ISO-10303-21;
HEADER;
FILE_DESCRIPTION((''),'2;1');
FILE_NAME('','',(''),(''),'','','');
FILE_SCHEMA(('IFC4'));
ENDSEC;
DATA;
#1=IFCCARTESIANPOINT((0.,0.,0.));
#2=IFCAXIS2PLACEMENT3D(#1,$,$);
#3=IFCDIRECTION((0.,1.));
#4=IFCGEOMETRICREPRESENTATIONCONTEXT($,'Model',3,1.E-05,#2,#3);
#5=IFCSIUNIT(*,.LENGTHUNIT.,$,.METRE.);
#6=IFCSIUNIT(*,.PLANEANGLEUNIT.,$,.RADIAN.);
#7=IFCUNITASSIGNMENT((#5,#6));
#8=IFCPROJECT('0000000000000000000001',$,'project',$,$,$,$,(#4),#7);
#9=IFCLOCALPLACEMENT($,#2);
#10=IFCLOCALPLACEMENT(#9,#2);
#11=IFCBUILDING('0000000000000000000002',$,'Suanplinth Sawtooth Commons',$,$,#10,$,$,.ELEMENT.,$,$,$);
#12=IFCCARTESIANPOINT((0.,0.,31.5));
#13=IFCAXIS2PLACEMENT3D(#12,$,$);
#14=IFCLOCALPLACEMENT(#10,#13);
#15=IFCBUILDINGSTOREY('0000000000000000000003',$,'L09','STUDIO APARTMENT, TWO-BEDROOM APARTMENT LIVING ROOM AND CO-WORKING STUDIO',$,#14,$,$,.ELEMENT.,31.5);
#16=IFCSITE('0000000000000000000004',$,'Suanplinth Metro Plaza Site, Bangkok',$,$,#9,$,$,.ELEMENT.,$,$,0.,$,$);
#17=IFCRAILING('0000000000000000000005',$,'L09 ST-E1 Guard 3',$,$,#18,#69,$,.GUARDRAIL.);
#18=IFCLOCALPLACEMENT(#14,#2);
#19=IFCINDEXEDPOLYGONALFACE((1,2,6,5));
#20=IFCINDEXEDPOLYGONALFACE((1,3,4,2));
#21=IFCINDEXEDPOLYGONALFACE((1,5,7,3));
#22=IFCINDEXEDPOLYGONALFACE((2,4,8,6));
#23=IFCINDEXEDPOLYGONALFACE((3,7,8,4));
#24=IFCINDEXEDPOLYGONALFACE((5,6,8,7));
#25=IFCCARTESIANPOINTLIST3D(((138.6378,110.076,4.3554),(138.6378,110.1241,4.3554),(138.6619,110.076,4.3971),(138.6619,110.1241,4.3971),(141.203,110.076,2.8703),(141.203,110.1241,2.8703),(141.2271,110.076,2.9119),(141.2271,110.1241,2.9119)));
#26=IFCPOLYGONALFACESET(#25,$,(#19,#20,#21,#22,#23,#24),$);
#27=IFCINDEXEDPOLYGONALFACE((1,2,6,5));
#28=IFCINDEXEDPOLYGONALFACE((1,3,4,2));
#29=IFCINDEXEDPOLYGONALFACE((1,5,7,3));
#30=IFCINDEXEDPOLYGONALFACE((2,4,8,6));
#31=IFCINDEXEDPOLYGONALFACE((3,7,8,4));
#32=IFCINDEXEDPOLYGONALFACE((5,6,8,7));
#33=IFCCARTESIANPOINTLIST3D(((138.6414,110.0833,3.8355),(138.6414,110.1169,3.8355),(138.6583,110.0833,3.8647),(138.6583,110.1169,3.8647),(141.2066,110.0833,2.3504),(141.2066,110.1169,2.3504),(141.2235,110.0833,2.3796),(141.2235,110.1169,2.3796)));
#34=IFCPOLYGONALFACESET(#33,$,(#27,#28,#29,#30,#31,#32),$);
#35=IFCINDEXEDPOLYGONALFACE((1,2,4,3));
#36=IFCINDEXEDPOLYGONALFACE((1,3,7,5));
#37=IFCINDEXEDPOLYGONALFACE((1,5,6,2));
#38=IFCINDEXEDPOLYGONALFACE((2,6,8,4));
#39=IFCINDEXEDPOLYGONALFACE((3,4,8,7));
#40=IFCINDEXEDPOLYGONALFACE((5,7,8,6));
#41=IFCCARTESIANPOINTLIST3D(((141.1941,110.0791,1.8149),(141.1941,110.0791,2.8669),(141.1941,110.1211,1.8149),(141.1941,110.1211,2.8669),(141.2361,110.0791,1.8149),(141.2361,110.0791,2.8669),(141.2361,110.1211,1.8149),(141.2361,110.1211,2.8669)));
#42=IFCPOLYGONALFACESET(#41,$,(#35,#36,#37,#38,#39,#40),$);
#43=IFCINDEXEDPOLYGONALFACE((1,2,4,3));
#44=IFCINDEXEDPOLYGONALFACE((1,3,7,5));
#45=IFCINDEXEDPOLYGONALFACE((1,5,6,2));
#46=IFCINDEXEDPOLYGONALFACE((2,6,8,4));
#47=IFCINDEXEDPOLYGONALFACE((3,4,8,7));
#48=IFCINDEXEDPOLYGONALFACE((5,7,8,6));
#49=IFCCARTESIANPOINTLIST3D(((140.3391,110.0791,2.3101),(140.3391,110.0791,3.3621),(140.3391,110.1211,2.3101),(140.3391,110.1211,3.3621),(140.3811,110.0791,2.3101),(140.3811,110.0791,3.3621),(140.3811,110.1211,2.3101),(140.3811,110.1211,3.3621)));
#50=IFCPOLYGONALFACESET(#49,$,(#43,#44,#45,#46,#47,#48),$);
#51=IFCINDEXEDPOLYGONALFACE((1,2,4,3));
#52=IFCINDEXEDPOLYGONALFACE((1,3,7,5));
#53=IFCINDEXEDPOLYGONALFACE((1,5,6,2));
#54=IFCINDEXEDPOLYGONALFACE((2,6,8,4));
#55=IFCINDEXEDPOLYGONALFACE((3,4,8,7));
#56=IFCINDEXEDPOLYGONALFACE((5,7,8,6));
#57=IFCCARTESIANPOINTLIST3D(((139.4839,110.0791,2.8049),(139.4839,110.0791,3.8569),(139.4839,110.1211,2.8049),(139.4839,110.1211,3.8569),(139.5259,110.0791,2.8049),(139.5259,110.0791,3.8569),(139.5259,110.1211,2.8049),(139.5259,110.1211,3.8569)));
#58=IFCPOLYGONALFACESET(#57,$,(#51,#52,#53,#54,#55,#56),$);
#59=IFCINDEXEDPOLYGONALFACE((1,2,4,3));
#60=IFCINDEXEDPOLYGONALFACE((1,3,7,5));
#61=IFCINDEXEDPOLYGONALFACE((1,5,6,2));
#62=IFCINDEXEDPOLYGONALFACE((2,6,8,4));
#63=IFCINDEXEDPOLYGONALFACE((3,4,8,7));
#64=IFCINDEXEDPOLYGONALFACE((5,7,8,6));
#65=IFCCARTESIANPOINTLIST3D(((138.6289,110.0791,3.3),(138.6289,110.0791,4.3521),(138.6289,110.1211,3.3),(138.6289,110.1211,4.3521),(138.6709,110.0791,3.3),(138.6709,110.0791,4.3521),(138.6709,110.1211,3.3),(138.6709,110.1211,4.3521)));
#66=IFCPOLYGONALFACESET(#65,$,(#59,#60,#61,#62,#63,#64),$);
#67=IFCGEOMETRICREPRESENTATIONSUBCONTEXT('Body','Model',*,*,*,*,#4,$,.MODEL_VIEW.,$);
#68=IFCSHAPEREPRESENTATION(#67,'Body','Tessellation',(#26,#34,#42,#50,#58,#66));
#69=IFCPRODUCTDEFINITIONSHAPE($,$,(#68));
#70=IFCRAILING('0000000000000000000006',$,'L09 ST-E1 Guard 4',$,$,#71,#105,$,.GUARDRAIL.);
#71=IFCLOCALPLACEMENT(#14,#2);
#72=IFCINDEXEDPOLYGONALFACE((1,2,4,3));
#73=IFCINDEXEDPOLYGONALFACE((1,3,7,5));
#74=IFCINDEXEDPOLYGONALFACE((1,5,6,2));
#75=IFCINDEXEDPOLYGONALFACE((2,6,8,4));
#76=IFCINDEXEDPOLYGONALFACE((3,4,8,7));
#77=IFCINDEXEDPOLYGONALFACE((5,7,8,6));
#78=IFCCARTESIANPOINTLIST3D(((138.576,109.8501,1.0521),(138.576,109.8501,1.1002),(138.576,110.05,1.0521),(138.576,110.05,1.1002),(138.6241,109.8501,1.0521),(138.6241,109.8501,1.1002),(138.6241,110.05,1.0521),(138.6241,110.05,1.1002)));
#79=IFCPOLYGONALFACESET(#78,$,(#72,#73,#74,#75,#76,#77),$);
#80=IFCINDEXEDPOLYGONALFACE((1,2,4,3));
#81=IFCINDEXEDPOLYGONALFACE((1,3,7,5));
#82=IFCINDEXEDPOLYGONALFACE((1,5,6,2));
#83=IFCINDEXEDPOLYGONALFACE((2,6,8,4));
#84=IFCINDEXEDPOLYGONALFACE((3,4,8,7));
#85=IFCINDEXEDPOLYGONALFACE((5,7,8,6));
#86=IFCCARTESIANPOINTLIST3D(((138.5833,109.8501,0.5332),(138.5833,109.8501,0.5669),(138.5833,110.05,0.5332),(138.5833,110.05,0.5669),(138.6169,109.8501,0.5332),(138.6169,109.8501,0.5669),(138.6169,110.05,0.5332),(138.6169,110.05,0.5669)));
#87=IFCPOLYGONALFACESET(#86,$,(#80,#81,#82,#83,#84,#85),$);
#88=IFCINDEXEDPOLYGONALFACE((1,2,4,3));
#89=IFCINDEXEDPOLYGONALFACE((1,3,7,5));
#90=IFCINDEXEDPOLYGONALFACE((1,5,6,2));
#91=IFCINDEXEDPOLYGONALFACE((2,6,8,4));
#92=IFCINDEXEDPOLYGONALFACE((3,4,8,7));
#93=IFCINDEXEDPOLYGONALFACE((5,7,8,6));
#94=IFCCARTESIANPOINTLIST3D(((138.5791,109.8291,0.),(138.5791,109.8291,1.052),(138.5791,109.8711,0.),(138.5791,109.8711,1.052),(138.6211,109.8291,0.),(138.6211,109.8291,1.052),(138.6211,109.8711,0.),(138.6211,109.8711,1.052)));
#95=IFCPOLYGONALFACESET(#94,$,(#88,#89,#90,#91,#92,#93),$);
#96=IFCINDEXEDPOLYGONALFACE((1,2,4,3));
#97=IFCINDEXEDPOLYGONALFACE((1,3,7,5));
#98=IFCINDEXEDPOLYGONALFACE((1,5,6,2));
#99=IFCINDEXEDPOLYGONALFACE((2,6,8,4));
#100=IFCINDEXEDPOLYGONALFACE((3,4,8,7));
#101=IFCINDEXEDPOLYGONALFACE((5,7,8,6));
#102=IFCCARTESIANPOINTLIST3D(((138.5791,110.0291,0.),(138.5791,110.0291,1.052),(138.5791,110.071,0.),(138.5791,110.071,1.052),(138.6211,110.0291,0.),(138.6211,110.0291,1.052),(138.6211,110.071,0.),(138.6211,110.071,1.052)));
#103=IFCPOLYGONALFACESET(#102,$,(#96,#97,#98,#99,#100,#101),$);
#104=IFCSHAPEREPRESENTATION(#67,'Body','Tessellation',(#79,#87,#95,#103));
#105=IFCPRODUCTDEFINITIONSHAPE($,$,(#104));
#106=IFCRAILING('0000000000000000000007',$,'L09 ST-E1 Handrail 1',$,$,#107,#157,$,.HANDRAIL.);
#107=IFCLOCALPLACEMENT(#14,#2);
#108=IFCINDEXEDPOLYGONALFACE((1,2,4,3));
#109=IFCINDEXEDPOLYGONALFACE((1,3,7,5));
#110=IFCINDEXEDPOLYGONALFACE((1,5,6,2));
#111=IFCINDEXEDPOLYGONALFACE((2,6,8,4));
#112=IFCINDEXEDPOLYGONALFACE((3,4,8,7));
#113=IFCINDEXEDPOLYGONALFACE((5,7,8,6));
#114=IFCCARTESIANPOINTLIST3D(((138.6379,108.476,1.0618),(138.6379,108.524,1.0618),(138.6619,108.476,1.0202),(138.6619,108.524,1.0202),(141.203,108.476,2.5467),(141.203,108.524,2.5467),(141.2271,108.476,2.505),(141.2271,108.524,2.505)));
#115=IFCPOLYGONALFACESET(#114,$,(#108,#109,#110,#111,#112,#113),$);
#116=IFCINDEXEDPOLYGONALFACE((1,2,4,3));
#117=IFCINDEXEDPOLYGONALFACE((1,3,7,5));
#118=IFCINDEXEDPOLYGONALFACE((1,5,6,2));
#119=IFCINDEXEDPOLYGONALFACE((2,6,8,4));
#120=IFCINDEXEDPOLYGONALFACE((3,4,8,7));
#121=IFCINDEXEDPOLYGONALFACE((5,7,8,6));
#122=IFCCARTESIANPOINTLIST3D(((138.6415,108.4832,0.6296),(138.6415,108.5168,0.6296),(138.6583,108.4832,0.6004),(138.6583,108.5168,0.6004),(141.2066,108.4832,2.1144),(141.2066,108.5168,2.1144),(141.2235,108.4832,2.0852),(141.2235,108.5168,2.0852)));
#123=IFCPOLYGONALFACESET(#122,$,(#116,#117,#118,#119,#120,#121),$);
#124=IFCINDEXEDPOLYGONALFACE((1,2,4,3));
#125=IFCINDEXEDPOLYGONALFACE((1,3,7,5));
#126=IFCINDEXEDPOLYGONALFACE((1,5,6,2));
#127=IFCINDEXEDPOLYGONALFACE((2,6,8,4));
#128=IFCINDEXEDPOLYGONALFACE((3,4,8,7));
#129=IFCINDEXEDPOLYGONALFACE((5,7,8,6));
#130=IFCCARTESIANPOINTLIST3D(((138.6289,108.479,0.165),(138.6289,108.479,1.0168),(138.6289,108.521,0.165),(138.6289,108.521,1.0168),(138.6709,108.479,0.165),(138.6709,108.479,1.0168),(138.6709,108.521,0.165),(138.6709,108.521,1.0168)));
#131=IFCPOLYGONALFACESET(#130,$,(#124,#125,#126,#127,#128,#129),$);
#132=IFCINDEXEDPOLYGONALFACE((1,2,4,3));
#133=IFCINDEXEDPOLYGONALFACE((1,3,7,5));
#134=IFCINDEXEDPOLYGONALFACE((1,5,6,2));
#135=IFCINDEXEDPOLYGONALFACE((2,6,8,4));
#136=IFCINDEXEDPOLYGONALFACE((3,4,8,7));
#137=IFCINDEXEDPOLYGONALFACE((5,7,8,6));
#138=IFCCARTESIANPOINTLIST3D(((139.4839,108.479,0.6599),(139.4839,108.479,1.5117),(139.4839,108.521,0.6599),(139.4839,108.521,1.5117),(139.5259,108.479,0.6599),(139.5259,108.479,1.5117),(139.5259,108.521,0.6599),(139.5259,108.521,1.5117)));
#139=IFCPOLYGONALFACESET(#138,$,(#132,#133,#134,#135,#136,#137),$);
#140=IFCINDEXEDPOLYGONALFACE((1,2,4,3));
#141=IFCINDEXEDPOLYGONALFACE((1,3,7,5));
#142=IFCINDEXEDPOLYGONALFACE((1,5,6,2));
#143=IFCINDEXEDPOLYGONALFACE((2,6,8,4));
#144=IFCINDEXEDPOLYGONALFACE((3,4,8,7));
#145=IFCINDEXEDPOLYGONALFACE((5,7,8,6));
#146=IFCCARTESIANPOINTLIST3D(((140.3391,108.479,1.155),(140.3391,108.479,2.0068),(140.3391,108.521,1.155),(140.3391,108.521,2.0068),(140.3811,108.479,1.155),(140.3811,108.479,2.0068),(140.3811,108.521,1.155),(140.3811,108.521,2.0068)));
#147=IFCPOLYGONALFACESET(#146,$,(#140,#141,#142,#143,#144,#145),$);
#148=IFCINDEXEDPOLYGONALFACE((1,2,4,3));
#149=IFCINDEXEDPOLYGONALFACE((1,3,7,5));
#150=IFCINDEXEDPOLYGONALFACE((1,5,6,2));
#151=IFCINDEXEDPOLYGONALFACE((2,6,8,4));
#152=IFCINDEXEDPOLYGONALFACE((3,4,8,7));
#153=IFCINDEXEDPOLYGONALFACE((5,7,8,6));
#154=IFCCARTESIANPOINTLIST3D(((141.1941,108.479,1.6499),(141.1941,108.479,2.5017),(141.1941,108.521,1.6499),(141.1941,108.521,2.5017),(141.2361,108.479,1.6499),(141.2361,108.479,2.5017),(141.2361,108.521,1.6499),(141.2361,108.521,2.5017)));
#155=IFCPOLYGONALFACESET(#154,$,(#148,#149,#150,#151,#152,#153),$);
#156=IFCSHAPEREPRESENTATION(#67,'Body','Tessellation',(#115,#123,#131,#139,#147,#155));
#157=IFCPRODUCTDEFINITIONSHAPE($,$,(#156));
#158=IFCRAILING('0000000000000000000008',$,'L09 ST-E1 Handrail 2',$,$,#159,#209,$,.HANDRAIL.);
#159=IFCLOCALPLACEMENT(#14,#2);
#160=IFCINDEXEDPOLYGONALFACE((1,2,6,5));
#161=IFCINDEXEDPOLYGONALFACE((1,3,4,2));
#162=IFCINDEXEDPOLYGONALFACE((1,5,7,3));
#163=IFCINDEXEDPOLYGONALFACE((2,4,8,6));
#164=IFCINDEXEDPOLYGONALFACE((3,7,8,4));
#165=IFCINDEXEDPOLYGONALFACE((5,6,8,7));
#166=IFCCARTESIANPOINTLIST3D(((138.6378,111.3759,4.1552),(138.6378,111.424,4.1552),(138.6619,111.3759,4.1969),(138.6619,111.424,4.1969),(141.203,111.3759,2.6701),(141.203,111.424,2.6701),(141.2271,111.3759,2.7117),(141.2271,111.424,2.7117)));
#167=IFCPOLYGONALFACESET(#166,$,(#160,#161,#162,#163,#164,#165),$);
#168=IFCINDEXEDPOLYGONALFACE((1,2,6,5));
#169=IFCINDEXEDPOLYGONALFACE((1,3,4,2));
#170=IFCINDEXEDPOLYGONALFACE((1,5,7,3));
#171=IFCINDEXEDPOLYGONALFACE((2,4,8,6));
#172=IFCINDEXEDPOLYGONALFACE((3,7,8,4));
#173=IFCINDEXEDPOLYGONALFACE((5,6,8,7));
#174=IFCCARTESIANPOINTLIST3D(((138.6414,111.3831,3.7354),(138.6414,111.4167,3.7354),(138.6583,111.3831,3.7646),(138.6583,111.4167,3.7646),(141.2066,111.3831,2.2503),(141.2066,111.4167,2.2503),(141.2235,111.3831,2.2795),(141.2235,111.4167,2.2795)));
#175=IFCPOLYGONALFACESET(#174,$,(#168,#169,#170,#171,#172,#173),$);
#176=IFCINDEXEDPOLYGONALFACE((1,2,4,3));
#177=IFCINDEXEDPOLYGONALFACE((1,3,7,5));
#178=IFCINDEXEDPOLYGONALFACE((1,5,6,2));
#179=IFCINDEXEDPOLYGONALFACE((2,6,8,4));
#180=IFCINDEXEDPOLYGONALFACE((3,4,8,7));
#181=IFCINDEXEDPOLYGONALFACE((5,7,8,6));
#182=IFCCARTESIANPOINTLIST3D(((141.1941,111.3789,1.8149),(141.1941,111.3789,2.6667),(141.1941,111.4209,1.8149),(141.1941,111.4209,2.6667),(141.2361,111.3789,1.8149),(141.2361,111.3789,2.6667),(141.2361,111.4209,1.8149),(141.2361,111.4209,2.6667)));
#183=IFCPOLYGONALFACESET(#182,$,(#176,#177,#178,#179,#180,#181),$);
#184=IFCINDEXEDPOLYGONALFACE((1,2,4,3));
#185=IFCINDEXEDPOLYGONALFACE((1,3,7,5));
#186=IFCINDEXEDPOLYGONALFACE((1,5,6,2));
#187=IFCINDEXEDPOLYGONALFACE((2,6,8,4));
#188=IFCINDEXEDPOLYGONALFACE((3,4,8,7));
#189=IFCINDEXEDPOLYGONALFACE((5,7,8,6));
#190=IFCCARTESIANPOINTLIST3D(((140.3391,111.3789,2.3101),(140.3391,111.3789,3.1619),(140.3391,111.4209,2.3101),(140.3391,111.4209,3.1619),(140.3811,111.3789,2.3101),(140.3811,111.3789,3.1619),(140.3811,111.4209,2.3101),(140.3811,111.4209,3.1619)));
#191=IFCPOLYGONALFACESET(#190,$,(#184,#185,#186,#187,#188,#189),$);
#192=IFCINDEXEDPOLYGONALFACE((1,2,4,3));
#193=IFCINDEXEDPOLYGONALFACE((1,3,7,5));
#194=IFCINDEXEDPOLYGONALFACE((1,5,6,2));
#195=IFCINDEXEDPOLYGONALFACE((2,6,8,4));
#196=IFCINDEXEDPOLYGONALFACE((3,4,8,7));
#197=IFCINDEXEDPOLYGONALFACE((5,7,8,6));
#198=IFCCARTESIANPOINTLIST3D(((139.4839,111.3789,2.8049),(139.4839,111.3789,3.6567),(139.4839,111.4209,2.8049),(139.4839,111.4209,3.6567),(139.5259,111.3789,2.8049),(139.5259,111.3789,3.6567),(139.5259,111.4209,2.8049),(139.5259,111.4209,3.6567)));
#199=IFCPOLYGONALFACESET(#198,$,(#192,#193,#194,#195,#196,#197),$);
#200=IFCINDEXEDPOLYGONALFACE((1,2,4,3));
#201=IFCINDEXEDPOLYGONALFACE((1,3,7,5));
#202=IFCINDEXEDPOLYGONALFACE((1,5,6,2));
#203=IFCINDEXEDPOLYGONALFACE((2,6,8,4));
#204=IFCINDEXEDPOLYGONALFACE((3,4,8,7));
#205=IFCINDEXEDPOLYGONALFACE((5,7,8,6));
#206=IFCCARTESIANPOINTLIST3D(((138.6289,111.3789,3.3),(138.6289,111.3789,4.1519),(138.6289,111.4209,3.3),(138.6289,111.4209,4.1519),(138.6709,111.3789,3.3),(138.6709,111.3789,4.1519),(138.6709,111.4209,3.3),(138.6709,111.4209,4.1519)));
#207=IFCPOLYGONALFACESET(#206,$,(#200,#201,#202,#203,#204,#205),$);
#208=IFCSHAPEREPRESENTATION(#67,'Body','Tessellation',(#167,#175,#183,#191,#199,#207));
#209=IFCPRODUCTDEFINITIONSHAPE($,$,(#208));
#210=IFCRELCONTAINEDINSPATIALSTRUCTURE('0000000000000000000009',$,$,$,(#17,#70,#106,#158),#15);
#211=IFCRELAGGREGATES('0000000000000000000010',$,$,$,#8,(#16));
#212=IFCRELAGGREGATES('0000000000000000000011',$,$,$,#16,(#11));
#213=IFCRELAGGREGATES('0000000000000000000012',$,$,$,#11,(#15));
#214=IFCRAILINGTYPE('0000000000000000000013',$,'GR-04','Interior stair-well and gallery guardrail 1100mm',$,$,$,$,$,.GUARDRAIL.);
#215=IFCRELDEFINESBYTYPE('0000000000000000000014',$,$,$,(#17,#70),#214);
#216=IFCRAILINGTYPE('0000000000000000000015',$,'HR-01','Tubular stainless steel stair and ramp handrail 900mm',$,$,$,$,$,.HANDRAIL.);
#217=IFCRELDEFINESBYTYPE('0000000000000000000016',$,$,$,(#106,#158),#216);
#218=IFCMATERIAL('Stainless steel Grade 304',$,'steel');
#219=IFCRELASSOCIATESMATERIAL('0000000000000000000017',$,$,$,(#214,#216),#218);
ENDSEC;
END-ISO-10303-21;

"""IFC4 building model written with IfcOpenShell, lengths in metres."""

from ifc_helpers import new_model, si_unit, direction, frame, origin, origin_2d, place, context, subcontext, project, spatial, rectangle, extrude, material, type_object, element, save


model = new_model("IFC4")

# Units and contexts
model_context = context("Model", 3, precision=1e-05, world=origin(), true_north=direction((0.0, 1.0)))
body_context = subcontext(model_context, "Body", "Model", "MODEL_VIEW")
ifc_project = project(units=[si_unit("LENGTHUNIT", "METRE"), si_unit("PLANEANGLEUNIT", "RADIAN")], contexts=[model_context])

# Site, building, storey
site_placement = place(None, origin())
site = spatial("IfcSite", under=ifc_project, at=site_placement, Name="Suanplinth Metro Plaza Site, Bangkok", CompositionType="ELEMENT", RefElevation=0.0)
building_placement = place(site_placement, origin())
building = spatial("IfcBuilding", under=site, at=building_placement, Name="Suanplinth Sawtooth Commons", CompositionType="ELEMENT")
storey_placement = place(building_placement, frame((0.0, 0.0, 31.5)))
storey = spatial("IfcBuildingStorey", under=building, at=storey_placement, Name="L09", Description="STUDIO APARTMENT, TWO-BEDROOM APARTMENT LIVING ROOM AND CO-WORKING STUDIO", CompositionType="ELEMENT", Elevation=31.5)

# Railings
ifc_material_1 = material(Name="Stainless steel Grade 304", Category="steel")
railing_type_1 = type_object("IfcRailingType", Name="GR-04", Description="Interior stair-well and gallery guardrail 1100mm", PredefinedType="GUARDRAIL", material=ifc_material_1)
railing_1_placement = place(storey_placement, frame((141.2151, 110.1001, 1.8149)))
element("IfcRailing", 1, at=railing_1_placement, inside=storey, type_object=railing_type_1, Name="L09 ST-E1 Guard 3", PredefinedType="GUARDRAIL", context=body_context, shape_type="SweptSolid", body=[
    extrude(rectangle(XDim=0.0481, YDim=0.0481, at=origin_2d()), frame((0.0, 0.0, 1.0762), z_axis=(-0.865426, 0.0, 0.501036), x_axis=(0.0, -1.0, 0.0)), (0.0, 0.0, 1.0), 2.9641),
    extrude(rectangle(XDim=0.0337, YDim=0.0337, at=origin_2d()), frame((0.0, 0.0, 0.55), z_axis=(-0.865426, 0.0, 0.501036), x_axis=(0.0, -1.0, 0.0)), (0.0, 0.0, 1.0), 2.9641),
    extrude(rectangle(XDim=0.042, YDim=0.042, at=origin_2d()), origin(), (0.0, 0.0, 1.0), 1.052),
    extrude(rectangle(XDim=0.042, YDim=0.042, at=origin_2d()), frame((-0.855, 0.0, 0.4951)), (0.0, 0.0, 1.0), 1.052),
    extrude(rectangle(XDim=0.042, YDim=0.042, at=origin_2d()), frame((-1.7102, 0.0, 0.99)), (0.0, 0.0, 1.0), 1.052),
    extrude(rectangle(XDim=0.042, YDim=0.042, at=origin_2d()), frame((-2.5652, 0.0, 1.4851)), (0.0, 0.0, 1.0), 1.052),
])
railing_2_placement = place(storey_placement, frame((138.6001, 109.8501, 0.0)))
element("IfcRailing", 2, at=railing_2_placement, inside=storey, type_object=railing_type_1, Name="L09 ST-E1 Guard 4", PredefinedType="GUARDRAIL", context=body_context, shape_type="SweptSolid", body=[
    extrude(rectangle(XDim=0.0481, YDim=0.0481, at=origin_2d()), frame((0.0, 0.0, 1.0762), z_axis=(0.0, 1.0, 0.0), x_axis=(-1.0, 0.0, 0.0)), (0.0, 0.0, 1.0), 0.2),
    extrude(rectangle(XDim=0.0337, YDim=0.0337, at=origin_2d()), frame((0.0, 0.0, 0.55), z_axis=(0.0, 1.0, 0.0), x_axis=(-1.0, 0.0, 0.0)), (0.0, 0.0, 1.0), 0.2),
    extrude(rectangle(XDim=0.042, YDim=0.042, at=origin_2d()), origin(), (0.0, 0.0, 1.0), 1.052),
    extrude(rectangle(XDim=0.042, YDim=0.042, at=origin_2d()), frame((0.0, 0.2, 0.0)), (0.0, 0.0, 1.0), 1.052),
])
railing_type_2 = type_object("IfcRailingType", Name="HR-01", Description="Tubular stainless steel stair and ramp handrail 900mm", PredefinedType="HANDRAIL", material=ifc_material_1)
railing_3_placement = place(storey_placement, frame((138.6499, 108.5, 0.165)))
element("IfcRailing", 3, at=railing_3_placement, inside=storey, type_object=railing_type_2, Name="L09 ST-E1 Handrail 1", PredefinedType="HANDRAIL", context=body_context, shape_type="SweptSolid", body=[
    extrude(rectangle(XDim=0.0481, YDim=0.0481, at=origin_2d()), frame((0.0, 0.0, 0.876), z_axis=(0.865462, 0.0, 0.500975), x_axis=(0.0, 1.0, 0.0)), (0.0, 0.0, 1.0), 2.9639),
    extrude(rectangle(XDim=0.0337, YDim=0.0337, at=origin_2d()), frame((0.0, 0.0, 0.45), z_axis=(0.865462, 0.0, 0.500975), x_axis=(0.0, 1.0, 0.0)), (0.0, 0.0, 1.0), 2.9639),
    extrude(rectangle(XDim=0.042, YDim=0.042, at=origin_2d()), origin(), (0.0, 0.0, 1.0), 0.8518),
    extrude(rectangle(XDim=0.042, YDim=0.042, at=origin_2d()), frame((0.855, 0.0, 0.4949)), (0.0, 0.0, 1.0), 0.8518),
    extrude(rectangle(XDim=0.042, YDim=0.042, at=origin_2d()), frame((1.7102, 0.0, 0.99)), (0.0, 0.0, 1.0), 0.8518),
    extrude(rectangle(XDim=0.042, YDim=0.042, at=origin_2d()), frame((2.5652, 0.0, 1.4849)), (0.0, 0.0, 1.0), 0.8518),
])
railing_4_placement = place(storey_placement, frame((141.2151, 111.3999, 1.8149)))
element("IfcRailing", 4, at=railing_4_placement, inside=storey, type_object=railing_type_2, Name="L09 ST-E1 Handrail 2", PredefinedType="HANDRAIL", context=body_context, shape_type="SweptSolid", body=[
    extrude(rectangle(XDim=0.0481, YDim=0.0481, at=origin_2d()), frame((0.0, 0.0, 0.876), z_axis=(-0.865426, 0.0, 0.501036), x_axis=(0.0, -1.0, 0.0)), (0.0, 0.0, 1.0), 2.9641),
    extrude(rectangle(XDim=0.0337, YDim=0.0337, at=origin_2d()), frame((0.0, 0.0, 0.45), z_axis=(-0.865426, 0.0, 0.501036), x_axis=(0.0, -1.0, 0.0)), (0.0, 0.0, 1.0), 2.9641),
    extrude(rectangle(XDim=0.042, YDim=0.042, at=origin_2d()), origin(), (0.0, 0.0, 1.0), 0.8518),
    extrude(rectangle(XDim=0.042, YDim=0.042, at=origin_2d()), frame((-0.855, 0.0, 0.4951)), (0.0, 0.0, 1.0), 0.8518),
    extrude(rectangle(XDim=0.042, YDim=0.042, at=origin_2d()), frame((-1.7102, 0.0, 0.99)), (0.0, 0.0, 1.0), 0.8518),
    extrude(rectangle(XDim=0.042, YDim=0.042, at=origin_2d()), frame((-2.5652, 0.0, 1.4851)), (0.0, 0.0, 1.0), 0.8518),
])

save(model, "model.ifc")
